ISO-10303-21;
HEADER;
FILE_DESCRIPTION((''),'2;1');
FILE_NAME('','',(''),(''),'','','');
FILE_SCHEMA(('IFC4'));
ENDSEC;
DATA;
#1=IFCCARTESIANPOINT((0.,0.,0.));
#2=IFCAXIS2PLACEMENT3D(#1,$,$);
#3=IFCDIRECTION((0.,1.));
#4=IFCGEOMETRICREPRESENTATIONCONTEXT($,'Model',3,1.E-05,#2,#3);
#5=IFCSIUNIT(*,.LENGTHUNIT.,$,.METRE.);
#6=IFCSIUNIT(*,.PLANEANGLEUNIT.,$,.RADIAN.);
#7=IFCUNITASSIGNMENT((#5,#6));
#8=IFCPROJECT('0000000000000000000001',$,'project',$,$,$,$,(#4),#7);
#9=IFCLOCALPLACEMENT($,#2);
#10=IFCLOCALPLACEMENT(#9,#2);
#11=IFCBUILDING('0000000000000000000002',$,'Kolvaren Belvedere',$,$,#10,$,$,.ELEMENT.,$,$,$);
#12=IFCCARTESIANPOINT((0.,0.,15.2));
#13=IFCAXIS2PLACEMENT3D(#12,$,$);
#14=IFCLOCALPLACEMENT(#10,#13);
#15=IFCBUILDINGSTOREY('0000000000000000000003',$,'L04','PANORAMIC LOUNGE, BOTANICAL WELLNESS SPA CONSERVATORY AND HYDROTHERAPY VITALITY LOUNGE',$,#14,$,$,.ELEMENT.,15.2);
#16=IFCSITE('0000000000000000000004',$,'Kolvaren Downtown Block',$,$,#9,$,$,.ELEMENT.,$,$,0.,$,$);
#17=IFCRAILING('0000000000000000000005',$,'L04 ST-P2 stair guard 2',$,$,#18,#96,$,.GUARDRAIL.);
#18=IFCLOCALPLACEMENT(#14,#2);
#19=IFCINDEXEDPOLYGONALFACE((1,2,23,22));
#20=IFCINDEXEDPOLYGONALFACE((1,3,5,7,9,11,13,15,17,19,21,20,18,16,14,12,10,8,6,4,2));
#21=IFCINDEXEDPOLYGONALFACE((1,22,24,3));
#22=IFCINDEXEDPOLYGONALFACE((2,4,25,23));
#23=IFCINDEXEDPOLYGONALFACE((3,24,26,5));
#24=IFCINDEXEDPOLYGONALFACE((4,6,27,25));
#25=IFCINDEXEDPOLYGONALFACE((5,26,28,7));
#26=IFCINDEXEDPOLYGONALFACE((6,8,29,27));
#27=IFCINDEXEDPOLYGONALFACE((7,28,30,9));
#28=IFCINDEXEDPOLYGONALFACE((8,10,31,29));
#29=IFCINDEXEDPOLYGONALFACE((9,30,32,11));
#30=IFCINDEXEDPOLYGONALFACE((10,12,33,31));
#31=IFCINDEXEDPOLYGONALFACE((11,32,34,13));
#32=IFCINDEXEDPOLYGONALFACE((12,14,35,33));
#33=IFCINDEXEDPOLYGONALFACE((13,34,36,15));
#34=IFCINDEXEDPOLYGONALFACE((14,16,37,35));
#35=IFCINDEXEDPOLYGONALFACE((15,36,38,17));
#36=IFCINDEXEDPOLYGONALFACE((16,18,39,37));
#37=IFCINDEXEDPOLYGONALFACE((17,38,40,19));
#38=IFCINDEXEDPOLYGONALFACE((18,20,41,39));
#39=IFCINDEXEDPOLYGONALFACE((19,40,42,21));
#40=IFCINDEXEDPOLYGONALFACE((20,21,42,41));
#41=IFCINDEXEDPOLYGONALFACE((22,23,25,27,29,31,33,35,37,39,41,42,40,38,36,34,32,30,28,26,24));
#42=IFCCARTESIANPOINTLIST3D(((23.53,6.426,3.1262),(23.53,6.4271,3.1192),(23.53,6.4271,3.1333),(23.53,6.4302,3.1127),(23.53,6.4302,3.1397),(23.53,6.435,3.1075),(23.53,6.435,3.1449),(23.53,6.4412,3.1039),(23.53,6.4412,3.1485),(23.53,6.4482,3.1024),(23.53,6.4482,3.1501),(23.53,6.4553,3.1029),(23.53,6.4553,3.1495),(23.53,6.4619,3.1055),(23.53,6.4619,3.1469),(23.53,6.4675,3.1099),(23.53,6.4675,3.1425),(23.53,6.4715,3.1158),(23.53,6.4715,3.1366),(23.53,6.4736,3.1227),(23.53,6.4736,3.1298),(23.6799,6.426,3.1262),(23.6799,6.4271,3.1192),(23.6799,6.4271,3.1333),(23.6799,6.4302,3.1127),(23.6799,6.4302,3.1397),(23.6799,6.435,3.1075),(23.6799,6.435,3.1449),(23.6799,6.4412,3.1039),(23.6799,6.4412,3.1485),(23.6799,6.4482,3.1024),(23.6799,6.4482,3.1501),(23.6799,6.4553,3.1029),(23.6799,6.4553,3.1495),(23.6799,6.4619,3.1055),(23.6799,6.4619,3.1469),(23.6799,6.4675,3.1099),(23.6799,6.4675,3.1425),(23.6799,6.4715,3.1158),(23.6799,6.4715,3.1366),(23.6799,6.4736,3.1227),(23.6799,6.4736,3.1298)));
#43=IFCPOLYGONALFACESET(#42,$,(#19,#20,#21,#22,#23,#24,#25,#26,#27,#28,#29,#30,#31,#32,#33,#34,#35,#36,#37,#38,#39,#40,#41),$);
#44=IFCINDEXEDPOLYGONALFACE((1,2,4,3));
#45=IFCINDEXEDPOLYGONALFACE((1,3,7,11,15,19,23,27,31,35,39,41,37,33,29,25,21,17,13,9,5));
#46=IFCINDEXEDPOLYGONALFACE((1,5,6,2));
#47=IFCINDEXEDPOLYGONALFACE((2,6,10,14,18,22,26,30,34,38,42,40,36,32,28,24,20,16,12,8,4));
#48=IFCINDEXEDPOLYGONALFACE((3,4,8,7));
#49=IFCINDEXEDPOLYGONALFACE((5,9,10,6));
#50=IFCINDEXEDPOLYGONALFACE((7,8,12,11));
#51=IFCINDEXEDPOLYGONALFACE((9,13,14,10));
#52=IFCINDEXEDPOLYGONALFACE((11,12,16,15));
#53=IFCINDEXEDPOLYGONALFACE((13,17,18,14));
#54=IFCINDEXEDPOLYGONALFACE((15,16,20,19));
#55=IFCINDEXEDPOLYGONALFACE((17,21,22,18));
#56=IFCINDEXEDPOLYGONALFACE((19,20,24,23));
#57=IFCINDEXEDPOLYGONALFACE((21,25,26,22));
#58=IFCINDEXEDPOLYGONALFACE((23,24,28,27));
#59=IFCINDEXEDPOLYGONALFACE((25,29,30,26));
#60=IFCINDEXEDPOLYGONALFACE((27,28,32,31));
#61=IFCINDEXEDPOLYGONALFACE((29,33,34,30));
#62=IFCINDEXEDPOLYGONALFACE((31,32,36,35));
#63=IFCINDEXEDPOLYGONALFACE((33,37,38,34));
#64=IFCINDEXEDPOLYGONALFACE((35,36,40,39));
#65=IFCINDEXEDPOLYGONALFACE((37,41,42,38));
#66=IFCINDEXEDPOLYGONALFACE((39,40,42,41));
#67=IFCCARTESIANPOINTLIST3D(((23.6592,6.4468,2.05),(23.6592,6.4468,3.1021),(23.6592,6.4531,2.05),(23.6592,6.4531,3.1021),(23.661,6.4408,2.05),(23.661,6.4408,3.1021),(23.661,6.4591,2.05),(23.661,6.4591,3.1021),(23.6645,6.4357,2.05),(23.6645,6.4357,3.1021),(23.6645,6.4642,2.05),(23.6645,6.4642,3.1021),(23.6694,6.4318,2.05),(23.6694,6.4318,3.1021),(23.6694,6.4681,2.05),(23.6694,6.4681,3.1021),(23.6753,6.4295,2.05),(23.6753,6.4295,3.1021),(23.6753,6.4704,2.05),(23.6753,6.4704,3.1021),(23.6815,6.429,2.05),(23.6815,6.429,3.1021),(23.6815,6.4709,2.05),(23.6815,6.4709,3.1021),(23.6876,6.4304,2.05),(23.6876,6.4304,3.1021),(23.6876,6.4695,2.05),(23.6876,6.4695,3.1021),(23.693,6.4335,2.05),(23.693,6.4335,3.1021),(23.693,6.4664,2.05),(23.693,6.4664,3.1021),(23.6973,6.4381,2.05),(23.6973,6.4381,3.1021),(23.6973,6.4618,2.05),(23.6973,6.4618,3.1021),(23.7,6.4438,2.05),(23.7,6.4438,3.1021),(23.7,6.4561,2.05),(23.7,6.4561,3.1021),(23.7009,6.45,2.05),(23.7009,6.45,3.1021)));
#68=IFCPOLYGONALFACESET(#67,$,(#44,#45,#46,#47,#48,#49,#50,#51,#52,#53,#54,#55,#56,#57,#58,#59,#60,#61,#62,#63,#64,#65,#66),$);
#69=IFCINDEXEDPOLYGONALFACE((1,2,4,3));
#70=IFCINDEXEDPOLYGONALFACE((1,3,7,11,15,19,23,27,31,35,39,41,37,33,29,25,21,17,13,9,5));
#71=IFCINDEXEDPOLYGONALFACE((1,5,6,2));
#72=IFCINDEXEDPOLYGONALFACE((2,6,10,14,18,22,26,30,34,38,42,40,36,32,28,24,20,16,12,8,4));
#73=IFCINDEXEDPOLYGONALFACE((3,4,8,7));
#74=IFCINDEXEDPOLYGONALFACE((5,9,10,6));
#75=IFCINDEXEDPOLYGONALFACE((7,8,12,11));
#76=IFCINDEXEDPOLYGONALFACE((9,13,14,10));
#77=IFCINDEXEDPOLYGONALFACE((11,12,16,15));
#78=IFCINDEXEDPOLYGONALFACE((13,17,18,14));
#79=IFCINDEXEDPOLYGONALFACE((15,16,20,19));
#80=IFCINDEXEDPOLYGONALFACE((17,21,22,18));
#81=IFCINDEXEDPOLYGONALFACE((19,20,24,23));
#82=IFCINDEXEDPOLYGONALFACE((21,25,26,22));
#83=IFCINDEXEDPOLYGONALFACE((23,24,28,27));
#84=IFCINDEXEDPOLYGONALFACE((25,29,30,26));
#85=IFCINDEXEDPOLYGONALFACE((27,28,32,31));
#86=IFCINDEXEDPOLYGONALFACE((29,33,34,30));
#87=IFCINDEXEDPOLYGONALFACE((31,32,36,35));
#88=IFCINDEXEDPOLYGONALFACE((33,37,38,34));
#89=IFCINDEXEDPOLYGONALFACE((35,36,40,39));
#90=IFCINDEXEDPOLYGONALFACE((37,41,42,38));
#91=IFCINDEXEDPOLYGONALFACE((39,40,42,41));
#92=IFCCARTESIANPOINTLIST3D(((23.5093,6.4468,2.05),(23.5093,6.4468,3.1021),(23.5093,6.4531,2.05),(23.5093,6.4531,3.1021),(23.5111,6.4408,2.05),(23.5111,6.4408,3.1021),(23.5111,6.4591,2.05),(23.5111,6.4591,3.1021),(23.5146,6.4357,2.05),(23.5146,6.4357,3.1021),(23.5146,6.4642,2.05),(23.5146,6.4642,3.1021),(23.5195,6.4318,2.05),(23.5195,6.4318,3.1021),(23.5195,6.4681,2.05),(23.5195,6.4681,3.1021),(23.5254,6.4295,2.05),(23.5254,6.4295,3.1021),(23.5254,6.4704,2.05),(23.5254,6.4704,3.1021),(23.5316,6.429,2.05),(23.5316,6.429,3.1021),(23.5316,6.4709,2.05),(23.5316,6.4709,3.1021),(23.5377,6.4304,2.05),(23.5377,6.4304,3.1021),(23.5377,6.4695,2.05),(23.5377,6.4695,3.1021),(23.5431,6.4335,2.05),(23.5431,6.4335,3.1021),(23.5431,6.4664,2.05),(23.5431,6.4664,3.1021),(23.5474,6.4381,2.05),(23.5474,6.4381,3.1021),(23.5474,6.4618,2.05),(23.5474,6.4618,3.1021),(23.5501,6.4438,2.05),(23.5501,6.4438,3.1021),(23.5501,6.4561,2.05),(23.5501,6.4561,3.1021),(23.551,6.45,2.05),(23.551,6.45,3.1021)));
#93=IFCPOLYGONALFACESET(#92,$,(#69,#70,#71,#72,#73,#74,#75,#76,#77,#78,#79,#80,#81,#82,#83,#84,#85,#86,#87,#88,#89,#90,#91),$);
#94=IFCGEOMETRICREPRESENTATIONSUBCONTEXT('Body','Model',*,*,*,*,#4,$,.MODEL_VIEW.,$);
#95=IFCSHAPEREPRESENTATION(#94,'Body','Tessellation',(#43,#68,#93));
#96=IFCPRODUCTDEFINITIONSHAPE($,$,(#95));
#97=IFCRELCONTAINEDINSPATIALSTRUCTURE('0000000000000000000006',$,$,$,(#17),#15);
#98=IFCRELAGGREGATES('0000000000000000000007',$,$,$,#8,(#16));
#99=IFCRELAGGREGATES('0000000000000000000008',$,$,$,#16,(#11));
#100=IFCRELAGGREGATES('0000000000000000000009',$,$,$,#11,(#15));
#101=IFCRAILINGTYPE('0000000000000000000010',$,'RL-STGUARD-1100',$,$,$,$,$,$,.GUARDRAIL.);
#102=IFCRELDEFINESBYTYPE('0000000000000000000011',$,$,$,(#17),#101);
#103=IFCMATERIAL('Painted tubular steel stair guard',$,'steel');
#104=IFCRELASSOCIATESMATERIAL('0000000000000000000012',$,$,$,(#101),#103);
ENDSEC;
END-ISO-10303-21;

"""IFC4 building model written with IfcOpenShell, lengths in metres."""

from ifc_helpers import new_model, si_unit, direction, frame, origin, origin_2d, place, context, subcontext, project, spatial, circle, extrude, material, type_object, element, save


model = new_model("IFC4")

# Units and contexts
model_context = context("Model", 3, precision=1e-05, world=origin(), true_north=direction((0.0, 1.0)))
body_context = subcontext(model_context, "Body", "Model", "MODEL_VIEW")
ifc_project = project(units=[si_unit("LENGTHUNIT", "METRE"), si_unit("PLANEANGLEUNIT", "RADIAN")], contexts=[model_context])

# Site, building, storey
site_placement = place(None, origin())
site = spatial("IfcSite", under=ifc_project, at=site_placement, Name="Kolvaren Downtown Block", CompositionType="ELEMENT", RefElevation=0.0)
building_placement = place(site_placement, origin())
building = spatial("IfcBuilding", under=site, at=building_placement, Name="Kolvaren Belvedere", CompositionType="ELEMENT")
storey_placement = place(building_placement, frame((0.0, 0.0, 15.2)))
storey = spatial("IfcBuildingStorey", under=building, at=storey_placement, Name="L04", Description="PANORAMIC LOUNGE, BOTANICAL WELLNESS SPA CONSERVATORY AND HYDROTHERAPY VITALITY LOUNGE", CompositionType="ELEMENT", Elevation=15.2)

# Railing
ifc_material_1 = material(Name="Painted tubular steel stair guard", Category="steel")
railing_type_1 = type_object("IfcRailingType", Name="RL-STGUARD-1100", PredefinedType="GUARDRAIL", material=ifc_material_1)
railing_1_placement = place(storey_placement, frame((23.6799, 6.45, 2.05)))
element("IfcRailing", 1, at=railing_1_placement, inside=storey, type_object=railing_type_1, Name="L04 ST-P2 stair guard 2", PredefinedType="GUARDRAIL", context=body_context, shape_type="SweptSolid", body=[
    extrude(circle(Radius=0.0239, at=origin_2d()), frame((0.0, 0.0, 1.0762), z_axis=(-1.0, 0.0, 0.0), x_axis=(0.0, -1.0, 0.0)), (0.0, 0.0, 1.0), 0.1499),
    extrude(circle(Radius=0.021, at=origin_2d()), origin(), (0.0, 0.0, 1.0), 1.052),
    extrude(circle(Radius=0.021, at=origin_2d()), frame((-0.1499, 0.0, 0.0)), (0.0, 0.0, 1.0), 1.052),
])

save(model, "model.ifc")
